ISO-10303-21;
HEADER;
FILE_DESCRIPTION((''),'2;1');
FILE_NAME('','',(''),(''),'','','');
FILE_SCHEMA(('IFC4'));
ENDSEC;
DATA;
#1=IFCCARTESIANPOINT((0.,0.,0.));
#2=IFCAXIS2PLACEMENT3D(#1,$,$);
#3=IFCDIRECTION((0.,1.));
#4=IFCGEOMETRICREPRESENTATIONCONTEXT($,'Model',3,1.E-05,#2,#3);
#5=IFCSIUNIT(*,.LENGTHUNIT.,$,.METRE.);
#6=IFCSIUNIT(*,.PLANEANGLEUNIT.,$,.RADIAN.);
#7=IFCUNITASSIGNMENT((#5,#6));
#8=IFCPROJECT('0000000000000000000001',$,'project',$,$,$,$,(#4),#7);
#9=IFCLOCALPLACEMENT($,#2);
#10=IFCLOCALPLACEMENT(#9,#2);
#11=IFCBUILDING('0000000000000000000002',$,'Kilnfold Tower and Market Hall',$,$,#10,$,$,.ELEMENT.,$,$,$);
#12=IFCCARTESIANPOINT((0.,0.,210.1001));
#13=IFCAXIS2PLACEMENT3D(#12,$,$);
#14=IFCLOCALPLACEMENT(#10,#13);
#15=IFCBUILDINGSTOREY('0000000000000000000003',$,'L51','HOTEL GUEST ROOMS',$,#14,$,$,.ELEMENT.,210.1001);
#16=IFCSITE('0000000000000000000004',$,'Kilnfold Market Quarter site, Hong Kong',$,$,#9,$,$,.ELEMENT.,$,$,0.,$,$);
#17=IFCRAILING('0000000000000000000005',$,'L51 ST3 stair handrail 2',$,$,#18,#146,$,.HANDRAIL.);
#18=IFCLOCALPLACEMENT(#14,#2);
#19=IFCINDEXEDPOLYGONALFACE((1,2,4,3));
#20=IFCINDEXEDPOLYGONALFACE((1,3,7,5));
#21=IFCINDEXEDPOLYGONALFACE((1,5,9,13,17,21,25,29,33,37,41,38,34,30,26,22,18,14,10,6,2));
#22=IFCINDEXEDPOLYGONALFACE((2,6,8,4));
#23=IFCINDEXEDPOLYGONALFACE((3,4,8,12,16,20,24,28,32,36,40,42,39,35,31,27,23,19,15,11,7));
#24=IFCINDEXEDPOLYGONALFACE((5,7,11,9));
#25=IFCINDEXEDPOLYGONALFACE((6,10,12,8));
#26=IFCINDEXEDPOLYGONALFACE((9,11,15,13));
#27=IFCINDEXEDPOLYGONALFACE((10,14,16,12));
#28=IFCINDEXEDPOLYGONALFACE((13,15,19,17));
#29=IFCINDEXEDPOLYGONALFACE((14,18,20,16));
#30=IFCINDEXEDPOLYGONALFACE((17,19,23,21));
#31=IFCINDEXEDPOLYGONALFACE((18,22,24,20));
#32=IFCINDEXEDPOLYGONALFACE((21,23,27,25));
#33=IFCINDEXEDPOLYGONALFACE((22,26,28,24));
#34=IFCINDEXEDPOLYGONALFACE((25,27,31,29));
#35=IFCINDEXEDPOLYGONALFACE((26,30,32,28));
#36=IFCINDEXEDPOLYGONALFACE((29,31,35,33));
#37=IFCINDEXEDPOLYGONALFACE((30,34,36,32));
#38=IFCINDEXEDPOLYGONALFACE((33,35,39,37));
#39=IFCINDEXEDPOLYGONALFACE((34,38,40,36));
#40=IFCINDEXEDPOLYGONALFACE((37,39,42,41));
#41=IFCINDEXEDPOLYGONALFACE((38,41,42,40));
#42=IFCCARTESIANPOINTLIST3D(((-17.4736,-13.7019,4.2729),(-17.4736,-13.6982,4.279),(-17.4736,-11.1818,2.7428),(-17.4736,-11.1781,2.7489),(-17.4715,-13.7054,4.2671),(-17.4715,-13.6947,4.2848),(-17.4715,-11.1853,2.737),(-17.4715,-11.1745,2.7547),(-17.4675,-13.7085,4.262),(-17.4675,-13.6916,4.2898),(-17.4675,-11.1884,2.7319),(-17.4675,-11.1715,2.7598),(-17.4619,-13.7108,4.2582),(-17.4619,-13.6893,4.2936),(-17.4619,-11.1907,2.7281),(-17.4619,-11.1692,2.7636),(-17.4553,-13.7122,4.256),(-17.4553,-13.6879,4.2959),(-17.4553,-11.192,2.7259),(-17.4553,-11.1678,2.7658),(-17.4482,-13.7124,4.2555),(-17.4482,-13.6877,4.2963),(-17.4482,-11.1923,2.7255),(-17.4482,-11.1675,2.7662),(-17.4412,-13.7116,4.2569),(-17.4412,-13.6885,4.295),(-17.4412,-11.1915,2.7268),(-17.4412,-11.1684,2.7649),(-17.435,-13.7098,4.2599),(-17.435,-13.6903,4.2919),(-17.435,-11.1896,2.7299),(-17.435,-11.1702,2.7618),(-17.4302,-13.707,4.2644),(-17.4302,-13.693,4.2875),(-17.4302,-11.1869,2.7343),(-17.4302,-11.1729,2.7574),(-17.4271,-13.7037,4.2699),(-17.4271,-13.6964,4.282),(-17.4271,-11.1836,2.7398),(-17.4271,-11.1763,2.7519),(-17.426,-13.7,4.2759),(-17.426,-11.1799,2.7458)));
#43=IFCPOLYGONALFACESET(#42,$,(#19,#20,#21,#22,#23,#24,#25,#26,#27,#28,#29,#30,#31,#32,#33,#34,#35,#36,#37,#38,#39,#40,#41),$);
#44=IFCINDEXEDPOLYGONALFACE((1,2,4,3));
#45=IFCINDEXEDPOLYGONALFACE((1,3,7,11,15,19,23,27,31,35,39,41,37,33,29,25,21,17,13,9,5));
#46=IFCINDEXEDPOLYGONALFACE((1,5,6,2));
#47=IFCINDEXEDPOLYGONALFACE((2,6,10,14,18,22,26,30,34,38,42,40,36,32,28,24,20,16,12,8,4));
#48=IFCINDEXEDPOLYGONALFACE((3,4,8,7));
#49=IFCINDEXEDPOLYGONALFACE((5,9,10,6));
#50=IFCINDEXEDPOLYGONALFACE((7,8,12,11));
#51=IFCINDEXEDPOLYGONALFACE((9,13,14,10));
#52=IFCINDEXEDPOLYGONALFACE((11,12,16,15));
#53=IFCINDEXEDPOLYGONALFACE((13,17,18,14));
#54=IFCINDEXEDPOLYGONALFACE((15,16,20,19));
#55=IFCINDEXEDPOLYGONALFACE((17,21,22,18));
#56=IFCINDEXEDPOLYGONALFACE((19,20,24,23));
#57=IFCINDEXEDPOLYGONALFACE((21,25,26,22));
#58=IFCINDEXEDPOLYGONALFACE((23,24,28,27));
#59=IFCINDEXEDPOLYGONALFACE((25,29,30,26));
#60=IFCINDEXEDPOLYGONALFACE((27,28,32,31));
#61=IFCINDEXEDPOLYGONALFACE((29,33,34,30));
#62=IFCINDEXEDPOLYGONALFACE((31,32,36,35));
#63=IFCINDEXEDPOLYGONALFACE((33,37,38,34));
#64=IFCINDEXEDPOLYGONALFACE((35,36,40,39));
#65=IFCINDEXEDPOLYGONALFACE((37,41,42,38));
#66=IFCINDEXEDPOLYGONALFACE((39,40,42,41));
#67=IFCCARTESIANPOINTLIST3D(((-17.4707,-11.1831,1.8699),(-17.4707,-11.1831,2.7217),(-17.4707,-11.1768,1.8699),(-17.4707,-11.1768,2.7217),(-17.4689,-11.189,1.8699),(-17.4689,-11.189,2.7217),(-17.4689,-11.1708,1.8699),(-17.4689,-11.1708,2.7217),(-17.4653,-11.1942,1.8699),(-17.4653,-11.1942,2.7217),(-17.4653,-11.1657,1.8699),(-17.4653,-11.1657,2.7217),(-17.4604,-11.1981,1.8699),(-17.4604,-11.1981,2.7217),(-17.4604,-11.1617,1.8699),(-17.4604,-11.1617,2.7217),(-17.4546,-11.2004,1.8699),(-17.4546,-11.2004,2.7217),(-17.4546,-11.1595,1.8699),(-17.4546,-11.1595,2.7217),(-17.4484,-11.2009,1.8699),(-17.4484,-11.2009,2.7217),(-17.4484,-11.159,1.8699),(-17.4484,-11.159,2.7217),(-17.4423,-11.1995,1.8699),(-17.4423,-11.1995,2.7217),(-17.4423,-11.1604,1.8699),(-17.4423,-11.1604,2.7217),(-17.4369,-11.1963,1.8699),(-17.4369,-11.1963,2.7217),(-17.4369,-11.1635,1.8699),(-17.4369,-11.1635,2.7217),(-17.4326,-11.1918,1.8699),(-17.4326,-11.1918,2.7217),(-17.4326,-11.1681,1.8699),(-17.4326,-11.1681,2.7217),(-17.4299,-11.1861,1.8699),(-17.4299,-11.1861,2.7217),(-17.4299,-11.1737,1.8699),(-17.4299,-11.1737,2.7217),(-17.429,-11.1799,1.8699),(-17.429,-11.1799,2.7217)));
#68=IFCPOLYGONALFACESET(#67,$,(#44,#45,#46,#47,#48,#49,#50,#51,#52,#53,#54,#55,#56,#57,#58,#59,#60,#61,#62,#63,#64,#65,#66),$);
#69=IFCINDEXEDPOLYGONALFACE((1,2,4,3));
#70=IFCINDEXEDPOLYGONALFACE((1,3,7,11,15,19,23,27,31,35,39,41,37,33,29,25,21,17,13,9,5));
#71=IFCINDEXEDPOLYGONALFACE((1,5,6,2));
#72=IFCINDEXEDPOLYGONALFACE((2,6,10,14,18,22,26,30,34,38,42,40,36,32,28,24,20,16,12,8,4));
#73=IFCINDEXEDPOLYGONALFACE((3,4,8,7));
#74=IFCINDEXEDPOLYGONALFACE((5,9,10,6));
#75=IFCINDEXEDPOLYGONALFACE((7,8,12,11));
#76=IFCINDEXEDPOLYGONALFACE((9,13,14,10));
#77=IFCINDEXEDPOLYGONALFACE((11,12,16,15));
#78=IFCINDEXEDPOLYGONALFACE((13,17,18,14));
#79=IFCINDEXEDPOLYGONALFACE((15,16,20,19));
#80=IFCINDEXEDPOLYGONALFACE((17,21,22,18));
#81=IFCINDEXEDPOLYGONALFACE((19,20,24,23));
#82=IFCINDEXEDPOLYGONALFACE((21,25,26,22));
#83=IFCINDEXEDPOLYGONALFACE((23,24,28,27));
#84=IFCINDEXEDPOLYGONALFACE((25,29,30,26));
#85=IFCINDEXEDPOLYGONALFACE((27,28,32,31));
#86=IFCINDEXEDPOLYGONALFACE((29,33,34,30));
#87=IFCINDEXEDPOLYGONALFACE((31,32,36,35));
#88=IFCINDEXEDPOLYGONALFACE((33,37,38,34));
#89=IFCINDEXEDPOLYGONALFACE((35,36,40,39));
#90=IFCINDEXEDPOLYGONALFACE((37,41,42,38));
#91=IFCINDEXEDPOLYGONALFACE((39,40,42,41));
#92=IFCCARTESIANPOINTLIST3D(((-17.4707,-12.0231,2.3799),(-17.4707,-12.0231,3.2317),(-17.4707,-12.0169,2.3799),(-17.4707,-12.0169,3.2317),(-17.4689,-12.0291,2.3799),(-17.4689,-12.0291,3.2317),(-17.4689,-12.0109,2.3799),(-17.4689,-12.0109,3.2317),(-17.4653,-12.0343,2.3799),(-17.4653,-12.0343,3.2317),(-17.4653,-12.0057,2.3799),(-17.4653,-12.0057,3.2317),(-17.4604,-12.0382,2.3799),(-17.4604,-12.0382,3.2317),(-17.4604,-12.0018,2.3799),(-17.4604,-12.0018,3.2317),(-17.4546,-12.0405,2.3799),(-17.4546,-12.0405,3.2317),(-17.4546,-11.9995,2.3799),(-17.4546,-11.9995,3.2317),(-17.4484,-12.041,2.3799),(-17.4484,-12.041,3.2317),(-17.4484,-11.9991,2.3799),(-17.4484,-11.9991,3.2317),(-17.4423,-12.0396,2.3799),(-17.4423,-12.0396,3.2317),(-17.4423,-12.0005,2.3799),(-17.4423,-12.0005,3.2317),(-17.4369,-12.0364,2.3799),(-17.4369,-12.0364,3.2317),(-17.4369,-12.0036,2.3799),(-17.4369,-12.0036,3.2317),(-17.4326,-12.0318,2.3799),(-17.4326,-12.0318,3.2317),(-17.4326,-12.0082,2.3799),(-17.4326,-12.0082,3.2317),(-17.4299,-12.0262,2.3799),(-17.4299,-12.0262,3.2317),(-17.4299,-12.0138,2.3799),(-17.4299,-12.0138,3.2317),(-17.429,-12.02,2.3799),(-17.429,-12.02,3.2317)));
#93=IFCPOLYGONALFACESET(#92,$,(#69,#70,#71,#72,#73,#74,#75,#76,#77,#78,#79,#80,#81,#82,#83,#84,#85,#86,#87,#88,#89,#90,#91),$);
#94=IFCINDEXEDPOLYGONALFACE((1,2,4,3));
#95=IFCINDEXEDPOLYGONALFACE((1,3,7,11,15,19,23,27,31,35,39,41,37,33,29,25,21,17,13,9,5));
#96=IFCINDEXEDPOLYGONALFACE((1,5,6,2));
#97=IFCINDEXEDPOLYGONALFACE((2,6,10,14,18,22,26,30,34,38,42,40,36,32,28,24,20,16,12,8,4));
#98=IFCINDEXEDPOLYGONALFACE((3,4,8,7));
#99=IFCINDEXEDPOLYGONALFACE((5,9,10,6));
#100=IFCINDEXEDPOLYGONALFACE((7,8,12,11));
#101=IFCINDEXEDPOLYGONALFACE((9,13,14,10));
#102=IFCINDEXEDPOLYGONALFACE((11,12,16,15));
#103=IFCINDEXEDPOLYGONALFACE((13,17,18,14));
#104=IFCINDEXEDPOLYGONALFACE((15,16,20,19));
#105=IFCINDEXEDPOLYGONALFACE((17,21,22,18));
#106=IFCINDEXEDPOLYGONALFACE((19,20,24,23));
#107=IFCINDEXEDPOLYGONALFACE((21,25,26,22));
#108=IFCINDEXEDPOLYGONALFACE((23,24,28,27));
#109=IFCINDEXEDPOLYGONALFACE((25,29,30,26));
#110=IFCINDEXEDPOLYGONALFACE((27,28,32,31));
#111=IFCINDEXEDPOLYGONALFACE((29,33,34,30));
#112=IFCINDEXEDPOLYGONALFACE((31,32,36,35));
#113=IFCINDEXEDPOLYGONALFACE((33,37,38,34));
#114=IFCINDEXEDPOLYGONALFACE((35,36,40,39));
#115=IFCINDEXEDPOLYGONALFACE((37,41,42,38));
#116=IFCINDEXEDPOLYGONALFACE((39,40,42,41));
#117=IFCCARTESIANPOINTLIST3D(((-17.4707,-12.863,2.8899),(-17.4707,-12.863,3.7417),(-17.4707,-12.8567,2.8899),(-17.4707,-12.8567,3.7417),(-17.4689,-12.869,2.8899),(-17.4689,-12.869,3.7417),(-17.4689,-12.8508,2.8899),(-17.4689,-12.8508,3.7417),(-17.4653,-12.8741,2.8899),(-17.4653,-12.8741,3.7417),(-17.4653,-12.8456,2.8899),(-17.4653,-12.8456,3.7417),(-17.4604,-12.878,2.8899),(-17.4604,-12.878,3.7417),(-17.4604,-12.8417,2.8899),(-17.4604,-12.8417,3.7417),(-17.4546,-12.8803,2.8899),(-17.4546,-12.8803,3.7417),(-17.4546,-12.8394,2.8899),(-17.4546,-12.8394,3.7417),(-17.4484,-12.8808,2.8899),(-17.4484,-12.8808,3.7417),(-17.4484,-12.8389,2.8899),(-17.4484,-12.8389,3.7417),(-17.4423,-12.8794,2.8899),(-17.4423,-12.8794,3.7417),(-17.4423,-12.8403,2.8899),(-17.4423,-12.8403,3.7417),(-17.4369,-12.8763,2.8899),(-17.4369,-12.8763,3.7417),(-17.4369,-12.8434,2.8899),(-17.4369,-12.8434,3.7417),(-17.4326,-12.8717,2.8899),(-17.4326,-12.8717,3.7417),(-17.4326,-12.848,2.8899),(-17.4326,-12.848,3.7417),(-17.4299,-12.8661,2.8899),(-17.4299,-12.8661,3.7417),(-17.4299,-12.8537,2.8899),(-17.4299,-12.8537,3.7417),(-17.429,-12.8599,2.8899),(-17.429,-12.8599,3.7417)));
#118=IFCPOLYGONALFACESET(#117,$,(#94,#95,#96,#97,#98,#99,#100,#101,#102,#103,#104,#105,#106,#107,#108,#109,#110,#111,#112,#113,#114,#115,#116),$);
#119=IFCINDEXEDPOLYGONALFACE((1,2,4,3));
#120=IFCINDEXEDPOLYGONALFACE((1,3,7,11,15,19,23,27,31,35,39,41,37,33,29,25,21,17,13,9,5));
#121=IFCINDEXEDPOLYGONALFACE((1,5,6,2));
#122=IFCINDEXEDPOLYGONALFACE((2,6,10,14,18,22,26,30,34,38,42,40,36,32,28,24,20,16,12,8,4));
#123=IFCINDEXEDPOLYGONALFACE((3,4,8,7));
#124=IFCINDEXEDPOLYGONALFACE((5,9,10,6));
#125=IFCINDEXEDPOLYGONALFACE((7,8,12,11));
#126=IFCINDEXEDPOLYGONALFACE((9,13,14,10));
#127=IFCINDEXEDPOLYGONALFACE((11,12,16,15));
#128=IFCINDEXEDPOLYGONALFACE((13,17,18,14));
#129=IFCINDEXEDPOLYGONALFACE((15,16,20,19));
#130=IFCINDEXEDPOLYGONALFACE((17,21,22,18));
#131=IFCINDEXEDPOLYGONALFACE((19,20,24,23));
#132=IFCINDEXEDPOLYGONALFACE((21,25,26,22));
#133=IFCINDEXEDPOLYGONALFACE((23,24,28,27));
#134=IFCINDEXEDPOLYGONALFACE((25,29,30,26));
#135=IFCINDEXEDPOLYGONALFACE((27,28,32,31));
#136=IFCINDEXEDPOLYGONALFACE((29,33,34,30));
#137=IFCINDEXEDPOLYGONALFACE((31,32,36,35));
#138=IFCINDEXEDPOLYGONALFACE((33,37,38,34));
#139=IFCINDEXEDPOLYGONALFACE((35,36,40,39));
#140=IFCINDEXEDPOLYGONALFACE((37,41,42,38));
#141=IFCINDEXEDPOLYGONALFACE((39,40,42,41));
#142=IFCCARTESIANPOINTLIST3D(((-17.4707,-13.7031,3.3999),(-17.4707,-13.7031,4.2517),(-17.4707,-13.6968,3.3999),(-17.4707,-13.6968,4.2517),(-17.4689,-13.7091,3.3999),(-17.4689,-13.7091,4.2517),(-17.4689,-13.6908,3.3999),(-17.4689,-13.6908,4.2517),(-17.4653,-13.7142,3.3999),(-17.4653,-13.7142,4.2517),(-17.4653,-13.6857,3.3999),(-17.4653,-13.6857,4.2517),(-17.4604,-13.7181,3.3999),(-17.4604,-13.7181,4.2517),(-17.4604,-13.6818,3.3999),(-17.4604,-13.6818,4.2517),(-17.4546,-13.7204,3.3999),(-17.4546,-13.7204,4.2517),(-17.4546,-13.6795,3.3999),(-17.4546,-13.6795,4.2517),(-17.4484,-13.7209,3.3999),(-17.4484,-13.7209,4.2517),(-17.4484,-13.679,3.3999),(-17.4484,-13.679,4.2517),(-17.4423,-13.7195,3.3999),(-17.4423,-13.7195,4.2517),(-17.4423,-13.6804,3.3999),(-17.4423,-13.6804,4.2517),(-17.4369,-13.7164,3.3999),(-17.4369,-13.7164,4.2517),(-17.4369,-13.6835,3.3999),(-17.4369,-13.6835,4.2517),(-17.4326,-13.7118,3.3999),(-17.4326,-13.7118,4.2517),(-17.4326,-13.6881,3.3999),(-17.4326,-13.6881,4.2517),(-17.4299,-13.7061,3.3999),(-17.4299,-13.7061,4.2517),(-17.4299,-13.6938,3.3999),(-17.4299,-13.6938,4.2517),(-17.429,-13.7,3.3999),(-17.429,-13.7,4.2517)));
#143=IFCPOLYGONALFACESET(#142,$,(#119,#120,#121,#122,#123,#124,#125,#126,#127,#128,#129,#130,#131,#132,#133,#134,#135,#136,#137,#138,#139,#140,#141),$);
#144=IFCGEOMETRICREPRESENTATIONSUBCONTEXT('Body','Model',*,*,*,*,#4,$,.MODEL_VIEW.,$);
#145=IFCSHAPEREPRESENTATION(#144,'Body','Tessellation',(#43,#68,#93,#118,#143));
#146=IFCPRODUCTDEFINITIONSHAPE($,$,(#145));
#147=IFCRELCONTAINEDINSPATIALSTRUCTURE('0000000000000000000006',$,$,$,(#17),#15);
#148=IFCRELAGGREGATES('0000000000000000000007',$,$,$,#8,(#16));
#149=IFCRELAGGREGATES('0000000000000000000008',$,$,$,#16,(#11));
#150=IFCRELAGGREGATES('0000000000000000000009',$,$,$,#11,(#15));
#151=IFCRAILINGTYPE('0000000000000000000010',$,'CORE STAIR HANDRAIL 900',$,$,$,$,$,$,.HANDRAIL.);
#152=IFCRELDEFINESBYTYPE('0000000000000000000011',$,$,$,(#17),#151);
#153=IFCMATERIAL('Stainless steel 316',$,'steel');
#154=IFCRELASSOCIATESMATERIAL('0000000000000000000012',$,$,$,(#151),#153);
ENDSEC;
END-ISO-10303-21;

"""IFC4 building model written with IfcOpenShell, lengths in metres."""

from ifc_helpers import new_model, si_unit, direction, frame, origin, origin_2d, place, context, subcontext, project, spatial, circle, extrude, material, type_object, element, save


model = new_model("IFC4")

# Units and contexts
model_context = context("Model", 3, precision=1e-05, world=origin(), true_north=direction((0.0, 1.0)))
body_context = subcontext(model_context, "Body", "Model", "MODEL_VIEW")
ifc_project = project(units=[si_unit("LENGTHUNIT", "METRE"), si_unit("PLANEANGLEUNIT", "RADIAN")], contexts=[model_context])

# Site, building, storey
site_placement = place(None, origin())
site = spatial("IfcSite", under=ifc_project, at=site_placement, Name="Kilnfold Market Quarter site, Hong Kong", CompositionType="ELEMENT", RefElevation=0.0)
building_placement = place(site_placement, origin())
building = spatial("IfcBuilding", under=site, at=building_placement, Name="Kilnfold Tower and Market Hall", CompositionType="ELEMENT")
storey_placement = place(building_placement, frame((0.0, 0.0, 210.1001)))
storey = spatial("IfcBuildingStorey", under=building, at=storey_placement, Name="L51", Description="HOTEL GUEST ROOMS", CompositionType="ELEMENT", Elevation=210.1001)

# Railing
ifc_material_1 = material(Name="Stainless steel 316", Category="steel")
railing_type_1 = type_object("IfcRailingType", Name="CORE STAIR HANDRAIL 900", PredefinedType="HANDRAIL", material=ifc_material_1)
railing_1_placement = place(storey_placement, frame((-17.45, -11.1799, 1.8699)))
element("IfcRailing", 1, at=railing_1_placement, inside=storey, type_object=railing_type_1, Name="L51 ST3 stair handrail 2", PredefinedType="HANDRAIL", context=body_context, shape_type="SweptSolid", body=[
    extrude(circle(Radius=0.0239, at=origin_2d()), frame((0.0, 0.0, 0.876), z_axis=(0.0, -0.854785, 0.518982), x_axis=(1.0, 0.0, 0.0)), (0.0, 0.0, 1.0), 2.9482),
    extrude(circle(Radius=0.021, at=origin_2d()), origin(), (0.0, 0.0, 1.0), 0.8518),
    extrude(circle(Radius=0.021, at=origin_2d()), frame((0.0, -0.8401, 0.51)), (0.0, 0.0, 1.0), 0.8518),
    extrude(circle(Radius=0.021, at=origin_2d()), frame((0.0, -1.6799, 1.02)), (0.0, 0.0, 1.0), 0.8518),
    extrude(circle(Radius=0.021, at=origin_2d()), frame((0.0, -2.52, 1.53)), (0.0, 0.0, 1.0), 0.8518),
])

save(model, "model.ifc")
